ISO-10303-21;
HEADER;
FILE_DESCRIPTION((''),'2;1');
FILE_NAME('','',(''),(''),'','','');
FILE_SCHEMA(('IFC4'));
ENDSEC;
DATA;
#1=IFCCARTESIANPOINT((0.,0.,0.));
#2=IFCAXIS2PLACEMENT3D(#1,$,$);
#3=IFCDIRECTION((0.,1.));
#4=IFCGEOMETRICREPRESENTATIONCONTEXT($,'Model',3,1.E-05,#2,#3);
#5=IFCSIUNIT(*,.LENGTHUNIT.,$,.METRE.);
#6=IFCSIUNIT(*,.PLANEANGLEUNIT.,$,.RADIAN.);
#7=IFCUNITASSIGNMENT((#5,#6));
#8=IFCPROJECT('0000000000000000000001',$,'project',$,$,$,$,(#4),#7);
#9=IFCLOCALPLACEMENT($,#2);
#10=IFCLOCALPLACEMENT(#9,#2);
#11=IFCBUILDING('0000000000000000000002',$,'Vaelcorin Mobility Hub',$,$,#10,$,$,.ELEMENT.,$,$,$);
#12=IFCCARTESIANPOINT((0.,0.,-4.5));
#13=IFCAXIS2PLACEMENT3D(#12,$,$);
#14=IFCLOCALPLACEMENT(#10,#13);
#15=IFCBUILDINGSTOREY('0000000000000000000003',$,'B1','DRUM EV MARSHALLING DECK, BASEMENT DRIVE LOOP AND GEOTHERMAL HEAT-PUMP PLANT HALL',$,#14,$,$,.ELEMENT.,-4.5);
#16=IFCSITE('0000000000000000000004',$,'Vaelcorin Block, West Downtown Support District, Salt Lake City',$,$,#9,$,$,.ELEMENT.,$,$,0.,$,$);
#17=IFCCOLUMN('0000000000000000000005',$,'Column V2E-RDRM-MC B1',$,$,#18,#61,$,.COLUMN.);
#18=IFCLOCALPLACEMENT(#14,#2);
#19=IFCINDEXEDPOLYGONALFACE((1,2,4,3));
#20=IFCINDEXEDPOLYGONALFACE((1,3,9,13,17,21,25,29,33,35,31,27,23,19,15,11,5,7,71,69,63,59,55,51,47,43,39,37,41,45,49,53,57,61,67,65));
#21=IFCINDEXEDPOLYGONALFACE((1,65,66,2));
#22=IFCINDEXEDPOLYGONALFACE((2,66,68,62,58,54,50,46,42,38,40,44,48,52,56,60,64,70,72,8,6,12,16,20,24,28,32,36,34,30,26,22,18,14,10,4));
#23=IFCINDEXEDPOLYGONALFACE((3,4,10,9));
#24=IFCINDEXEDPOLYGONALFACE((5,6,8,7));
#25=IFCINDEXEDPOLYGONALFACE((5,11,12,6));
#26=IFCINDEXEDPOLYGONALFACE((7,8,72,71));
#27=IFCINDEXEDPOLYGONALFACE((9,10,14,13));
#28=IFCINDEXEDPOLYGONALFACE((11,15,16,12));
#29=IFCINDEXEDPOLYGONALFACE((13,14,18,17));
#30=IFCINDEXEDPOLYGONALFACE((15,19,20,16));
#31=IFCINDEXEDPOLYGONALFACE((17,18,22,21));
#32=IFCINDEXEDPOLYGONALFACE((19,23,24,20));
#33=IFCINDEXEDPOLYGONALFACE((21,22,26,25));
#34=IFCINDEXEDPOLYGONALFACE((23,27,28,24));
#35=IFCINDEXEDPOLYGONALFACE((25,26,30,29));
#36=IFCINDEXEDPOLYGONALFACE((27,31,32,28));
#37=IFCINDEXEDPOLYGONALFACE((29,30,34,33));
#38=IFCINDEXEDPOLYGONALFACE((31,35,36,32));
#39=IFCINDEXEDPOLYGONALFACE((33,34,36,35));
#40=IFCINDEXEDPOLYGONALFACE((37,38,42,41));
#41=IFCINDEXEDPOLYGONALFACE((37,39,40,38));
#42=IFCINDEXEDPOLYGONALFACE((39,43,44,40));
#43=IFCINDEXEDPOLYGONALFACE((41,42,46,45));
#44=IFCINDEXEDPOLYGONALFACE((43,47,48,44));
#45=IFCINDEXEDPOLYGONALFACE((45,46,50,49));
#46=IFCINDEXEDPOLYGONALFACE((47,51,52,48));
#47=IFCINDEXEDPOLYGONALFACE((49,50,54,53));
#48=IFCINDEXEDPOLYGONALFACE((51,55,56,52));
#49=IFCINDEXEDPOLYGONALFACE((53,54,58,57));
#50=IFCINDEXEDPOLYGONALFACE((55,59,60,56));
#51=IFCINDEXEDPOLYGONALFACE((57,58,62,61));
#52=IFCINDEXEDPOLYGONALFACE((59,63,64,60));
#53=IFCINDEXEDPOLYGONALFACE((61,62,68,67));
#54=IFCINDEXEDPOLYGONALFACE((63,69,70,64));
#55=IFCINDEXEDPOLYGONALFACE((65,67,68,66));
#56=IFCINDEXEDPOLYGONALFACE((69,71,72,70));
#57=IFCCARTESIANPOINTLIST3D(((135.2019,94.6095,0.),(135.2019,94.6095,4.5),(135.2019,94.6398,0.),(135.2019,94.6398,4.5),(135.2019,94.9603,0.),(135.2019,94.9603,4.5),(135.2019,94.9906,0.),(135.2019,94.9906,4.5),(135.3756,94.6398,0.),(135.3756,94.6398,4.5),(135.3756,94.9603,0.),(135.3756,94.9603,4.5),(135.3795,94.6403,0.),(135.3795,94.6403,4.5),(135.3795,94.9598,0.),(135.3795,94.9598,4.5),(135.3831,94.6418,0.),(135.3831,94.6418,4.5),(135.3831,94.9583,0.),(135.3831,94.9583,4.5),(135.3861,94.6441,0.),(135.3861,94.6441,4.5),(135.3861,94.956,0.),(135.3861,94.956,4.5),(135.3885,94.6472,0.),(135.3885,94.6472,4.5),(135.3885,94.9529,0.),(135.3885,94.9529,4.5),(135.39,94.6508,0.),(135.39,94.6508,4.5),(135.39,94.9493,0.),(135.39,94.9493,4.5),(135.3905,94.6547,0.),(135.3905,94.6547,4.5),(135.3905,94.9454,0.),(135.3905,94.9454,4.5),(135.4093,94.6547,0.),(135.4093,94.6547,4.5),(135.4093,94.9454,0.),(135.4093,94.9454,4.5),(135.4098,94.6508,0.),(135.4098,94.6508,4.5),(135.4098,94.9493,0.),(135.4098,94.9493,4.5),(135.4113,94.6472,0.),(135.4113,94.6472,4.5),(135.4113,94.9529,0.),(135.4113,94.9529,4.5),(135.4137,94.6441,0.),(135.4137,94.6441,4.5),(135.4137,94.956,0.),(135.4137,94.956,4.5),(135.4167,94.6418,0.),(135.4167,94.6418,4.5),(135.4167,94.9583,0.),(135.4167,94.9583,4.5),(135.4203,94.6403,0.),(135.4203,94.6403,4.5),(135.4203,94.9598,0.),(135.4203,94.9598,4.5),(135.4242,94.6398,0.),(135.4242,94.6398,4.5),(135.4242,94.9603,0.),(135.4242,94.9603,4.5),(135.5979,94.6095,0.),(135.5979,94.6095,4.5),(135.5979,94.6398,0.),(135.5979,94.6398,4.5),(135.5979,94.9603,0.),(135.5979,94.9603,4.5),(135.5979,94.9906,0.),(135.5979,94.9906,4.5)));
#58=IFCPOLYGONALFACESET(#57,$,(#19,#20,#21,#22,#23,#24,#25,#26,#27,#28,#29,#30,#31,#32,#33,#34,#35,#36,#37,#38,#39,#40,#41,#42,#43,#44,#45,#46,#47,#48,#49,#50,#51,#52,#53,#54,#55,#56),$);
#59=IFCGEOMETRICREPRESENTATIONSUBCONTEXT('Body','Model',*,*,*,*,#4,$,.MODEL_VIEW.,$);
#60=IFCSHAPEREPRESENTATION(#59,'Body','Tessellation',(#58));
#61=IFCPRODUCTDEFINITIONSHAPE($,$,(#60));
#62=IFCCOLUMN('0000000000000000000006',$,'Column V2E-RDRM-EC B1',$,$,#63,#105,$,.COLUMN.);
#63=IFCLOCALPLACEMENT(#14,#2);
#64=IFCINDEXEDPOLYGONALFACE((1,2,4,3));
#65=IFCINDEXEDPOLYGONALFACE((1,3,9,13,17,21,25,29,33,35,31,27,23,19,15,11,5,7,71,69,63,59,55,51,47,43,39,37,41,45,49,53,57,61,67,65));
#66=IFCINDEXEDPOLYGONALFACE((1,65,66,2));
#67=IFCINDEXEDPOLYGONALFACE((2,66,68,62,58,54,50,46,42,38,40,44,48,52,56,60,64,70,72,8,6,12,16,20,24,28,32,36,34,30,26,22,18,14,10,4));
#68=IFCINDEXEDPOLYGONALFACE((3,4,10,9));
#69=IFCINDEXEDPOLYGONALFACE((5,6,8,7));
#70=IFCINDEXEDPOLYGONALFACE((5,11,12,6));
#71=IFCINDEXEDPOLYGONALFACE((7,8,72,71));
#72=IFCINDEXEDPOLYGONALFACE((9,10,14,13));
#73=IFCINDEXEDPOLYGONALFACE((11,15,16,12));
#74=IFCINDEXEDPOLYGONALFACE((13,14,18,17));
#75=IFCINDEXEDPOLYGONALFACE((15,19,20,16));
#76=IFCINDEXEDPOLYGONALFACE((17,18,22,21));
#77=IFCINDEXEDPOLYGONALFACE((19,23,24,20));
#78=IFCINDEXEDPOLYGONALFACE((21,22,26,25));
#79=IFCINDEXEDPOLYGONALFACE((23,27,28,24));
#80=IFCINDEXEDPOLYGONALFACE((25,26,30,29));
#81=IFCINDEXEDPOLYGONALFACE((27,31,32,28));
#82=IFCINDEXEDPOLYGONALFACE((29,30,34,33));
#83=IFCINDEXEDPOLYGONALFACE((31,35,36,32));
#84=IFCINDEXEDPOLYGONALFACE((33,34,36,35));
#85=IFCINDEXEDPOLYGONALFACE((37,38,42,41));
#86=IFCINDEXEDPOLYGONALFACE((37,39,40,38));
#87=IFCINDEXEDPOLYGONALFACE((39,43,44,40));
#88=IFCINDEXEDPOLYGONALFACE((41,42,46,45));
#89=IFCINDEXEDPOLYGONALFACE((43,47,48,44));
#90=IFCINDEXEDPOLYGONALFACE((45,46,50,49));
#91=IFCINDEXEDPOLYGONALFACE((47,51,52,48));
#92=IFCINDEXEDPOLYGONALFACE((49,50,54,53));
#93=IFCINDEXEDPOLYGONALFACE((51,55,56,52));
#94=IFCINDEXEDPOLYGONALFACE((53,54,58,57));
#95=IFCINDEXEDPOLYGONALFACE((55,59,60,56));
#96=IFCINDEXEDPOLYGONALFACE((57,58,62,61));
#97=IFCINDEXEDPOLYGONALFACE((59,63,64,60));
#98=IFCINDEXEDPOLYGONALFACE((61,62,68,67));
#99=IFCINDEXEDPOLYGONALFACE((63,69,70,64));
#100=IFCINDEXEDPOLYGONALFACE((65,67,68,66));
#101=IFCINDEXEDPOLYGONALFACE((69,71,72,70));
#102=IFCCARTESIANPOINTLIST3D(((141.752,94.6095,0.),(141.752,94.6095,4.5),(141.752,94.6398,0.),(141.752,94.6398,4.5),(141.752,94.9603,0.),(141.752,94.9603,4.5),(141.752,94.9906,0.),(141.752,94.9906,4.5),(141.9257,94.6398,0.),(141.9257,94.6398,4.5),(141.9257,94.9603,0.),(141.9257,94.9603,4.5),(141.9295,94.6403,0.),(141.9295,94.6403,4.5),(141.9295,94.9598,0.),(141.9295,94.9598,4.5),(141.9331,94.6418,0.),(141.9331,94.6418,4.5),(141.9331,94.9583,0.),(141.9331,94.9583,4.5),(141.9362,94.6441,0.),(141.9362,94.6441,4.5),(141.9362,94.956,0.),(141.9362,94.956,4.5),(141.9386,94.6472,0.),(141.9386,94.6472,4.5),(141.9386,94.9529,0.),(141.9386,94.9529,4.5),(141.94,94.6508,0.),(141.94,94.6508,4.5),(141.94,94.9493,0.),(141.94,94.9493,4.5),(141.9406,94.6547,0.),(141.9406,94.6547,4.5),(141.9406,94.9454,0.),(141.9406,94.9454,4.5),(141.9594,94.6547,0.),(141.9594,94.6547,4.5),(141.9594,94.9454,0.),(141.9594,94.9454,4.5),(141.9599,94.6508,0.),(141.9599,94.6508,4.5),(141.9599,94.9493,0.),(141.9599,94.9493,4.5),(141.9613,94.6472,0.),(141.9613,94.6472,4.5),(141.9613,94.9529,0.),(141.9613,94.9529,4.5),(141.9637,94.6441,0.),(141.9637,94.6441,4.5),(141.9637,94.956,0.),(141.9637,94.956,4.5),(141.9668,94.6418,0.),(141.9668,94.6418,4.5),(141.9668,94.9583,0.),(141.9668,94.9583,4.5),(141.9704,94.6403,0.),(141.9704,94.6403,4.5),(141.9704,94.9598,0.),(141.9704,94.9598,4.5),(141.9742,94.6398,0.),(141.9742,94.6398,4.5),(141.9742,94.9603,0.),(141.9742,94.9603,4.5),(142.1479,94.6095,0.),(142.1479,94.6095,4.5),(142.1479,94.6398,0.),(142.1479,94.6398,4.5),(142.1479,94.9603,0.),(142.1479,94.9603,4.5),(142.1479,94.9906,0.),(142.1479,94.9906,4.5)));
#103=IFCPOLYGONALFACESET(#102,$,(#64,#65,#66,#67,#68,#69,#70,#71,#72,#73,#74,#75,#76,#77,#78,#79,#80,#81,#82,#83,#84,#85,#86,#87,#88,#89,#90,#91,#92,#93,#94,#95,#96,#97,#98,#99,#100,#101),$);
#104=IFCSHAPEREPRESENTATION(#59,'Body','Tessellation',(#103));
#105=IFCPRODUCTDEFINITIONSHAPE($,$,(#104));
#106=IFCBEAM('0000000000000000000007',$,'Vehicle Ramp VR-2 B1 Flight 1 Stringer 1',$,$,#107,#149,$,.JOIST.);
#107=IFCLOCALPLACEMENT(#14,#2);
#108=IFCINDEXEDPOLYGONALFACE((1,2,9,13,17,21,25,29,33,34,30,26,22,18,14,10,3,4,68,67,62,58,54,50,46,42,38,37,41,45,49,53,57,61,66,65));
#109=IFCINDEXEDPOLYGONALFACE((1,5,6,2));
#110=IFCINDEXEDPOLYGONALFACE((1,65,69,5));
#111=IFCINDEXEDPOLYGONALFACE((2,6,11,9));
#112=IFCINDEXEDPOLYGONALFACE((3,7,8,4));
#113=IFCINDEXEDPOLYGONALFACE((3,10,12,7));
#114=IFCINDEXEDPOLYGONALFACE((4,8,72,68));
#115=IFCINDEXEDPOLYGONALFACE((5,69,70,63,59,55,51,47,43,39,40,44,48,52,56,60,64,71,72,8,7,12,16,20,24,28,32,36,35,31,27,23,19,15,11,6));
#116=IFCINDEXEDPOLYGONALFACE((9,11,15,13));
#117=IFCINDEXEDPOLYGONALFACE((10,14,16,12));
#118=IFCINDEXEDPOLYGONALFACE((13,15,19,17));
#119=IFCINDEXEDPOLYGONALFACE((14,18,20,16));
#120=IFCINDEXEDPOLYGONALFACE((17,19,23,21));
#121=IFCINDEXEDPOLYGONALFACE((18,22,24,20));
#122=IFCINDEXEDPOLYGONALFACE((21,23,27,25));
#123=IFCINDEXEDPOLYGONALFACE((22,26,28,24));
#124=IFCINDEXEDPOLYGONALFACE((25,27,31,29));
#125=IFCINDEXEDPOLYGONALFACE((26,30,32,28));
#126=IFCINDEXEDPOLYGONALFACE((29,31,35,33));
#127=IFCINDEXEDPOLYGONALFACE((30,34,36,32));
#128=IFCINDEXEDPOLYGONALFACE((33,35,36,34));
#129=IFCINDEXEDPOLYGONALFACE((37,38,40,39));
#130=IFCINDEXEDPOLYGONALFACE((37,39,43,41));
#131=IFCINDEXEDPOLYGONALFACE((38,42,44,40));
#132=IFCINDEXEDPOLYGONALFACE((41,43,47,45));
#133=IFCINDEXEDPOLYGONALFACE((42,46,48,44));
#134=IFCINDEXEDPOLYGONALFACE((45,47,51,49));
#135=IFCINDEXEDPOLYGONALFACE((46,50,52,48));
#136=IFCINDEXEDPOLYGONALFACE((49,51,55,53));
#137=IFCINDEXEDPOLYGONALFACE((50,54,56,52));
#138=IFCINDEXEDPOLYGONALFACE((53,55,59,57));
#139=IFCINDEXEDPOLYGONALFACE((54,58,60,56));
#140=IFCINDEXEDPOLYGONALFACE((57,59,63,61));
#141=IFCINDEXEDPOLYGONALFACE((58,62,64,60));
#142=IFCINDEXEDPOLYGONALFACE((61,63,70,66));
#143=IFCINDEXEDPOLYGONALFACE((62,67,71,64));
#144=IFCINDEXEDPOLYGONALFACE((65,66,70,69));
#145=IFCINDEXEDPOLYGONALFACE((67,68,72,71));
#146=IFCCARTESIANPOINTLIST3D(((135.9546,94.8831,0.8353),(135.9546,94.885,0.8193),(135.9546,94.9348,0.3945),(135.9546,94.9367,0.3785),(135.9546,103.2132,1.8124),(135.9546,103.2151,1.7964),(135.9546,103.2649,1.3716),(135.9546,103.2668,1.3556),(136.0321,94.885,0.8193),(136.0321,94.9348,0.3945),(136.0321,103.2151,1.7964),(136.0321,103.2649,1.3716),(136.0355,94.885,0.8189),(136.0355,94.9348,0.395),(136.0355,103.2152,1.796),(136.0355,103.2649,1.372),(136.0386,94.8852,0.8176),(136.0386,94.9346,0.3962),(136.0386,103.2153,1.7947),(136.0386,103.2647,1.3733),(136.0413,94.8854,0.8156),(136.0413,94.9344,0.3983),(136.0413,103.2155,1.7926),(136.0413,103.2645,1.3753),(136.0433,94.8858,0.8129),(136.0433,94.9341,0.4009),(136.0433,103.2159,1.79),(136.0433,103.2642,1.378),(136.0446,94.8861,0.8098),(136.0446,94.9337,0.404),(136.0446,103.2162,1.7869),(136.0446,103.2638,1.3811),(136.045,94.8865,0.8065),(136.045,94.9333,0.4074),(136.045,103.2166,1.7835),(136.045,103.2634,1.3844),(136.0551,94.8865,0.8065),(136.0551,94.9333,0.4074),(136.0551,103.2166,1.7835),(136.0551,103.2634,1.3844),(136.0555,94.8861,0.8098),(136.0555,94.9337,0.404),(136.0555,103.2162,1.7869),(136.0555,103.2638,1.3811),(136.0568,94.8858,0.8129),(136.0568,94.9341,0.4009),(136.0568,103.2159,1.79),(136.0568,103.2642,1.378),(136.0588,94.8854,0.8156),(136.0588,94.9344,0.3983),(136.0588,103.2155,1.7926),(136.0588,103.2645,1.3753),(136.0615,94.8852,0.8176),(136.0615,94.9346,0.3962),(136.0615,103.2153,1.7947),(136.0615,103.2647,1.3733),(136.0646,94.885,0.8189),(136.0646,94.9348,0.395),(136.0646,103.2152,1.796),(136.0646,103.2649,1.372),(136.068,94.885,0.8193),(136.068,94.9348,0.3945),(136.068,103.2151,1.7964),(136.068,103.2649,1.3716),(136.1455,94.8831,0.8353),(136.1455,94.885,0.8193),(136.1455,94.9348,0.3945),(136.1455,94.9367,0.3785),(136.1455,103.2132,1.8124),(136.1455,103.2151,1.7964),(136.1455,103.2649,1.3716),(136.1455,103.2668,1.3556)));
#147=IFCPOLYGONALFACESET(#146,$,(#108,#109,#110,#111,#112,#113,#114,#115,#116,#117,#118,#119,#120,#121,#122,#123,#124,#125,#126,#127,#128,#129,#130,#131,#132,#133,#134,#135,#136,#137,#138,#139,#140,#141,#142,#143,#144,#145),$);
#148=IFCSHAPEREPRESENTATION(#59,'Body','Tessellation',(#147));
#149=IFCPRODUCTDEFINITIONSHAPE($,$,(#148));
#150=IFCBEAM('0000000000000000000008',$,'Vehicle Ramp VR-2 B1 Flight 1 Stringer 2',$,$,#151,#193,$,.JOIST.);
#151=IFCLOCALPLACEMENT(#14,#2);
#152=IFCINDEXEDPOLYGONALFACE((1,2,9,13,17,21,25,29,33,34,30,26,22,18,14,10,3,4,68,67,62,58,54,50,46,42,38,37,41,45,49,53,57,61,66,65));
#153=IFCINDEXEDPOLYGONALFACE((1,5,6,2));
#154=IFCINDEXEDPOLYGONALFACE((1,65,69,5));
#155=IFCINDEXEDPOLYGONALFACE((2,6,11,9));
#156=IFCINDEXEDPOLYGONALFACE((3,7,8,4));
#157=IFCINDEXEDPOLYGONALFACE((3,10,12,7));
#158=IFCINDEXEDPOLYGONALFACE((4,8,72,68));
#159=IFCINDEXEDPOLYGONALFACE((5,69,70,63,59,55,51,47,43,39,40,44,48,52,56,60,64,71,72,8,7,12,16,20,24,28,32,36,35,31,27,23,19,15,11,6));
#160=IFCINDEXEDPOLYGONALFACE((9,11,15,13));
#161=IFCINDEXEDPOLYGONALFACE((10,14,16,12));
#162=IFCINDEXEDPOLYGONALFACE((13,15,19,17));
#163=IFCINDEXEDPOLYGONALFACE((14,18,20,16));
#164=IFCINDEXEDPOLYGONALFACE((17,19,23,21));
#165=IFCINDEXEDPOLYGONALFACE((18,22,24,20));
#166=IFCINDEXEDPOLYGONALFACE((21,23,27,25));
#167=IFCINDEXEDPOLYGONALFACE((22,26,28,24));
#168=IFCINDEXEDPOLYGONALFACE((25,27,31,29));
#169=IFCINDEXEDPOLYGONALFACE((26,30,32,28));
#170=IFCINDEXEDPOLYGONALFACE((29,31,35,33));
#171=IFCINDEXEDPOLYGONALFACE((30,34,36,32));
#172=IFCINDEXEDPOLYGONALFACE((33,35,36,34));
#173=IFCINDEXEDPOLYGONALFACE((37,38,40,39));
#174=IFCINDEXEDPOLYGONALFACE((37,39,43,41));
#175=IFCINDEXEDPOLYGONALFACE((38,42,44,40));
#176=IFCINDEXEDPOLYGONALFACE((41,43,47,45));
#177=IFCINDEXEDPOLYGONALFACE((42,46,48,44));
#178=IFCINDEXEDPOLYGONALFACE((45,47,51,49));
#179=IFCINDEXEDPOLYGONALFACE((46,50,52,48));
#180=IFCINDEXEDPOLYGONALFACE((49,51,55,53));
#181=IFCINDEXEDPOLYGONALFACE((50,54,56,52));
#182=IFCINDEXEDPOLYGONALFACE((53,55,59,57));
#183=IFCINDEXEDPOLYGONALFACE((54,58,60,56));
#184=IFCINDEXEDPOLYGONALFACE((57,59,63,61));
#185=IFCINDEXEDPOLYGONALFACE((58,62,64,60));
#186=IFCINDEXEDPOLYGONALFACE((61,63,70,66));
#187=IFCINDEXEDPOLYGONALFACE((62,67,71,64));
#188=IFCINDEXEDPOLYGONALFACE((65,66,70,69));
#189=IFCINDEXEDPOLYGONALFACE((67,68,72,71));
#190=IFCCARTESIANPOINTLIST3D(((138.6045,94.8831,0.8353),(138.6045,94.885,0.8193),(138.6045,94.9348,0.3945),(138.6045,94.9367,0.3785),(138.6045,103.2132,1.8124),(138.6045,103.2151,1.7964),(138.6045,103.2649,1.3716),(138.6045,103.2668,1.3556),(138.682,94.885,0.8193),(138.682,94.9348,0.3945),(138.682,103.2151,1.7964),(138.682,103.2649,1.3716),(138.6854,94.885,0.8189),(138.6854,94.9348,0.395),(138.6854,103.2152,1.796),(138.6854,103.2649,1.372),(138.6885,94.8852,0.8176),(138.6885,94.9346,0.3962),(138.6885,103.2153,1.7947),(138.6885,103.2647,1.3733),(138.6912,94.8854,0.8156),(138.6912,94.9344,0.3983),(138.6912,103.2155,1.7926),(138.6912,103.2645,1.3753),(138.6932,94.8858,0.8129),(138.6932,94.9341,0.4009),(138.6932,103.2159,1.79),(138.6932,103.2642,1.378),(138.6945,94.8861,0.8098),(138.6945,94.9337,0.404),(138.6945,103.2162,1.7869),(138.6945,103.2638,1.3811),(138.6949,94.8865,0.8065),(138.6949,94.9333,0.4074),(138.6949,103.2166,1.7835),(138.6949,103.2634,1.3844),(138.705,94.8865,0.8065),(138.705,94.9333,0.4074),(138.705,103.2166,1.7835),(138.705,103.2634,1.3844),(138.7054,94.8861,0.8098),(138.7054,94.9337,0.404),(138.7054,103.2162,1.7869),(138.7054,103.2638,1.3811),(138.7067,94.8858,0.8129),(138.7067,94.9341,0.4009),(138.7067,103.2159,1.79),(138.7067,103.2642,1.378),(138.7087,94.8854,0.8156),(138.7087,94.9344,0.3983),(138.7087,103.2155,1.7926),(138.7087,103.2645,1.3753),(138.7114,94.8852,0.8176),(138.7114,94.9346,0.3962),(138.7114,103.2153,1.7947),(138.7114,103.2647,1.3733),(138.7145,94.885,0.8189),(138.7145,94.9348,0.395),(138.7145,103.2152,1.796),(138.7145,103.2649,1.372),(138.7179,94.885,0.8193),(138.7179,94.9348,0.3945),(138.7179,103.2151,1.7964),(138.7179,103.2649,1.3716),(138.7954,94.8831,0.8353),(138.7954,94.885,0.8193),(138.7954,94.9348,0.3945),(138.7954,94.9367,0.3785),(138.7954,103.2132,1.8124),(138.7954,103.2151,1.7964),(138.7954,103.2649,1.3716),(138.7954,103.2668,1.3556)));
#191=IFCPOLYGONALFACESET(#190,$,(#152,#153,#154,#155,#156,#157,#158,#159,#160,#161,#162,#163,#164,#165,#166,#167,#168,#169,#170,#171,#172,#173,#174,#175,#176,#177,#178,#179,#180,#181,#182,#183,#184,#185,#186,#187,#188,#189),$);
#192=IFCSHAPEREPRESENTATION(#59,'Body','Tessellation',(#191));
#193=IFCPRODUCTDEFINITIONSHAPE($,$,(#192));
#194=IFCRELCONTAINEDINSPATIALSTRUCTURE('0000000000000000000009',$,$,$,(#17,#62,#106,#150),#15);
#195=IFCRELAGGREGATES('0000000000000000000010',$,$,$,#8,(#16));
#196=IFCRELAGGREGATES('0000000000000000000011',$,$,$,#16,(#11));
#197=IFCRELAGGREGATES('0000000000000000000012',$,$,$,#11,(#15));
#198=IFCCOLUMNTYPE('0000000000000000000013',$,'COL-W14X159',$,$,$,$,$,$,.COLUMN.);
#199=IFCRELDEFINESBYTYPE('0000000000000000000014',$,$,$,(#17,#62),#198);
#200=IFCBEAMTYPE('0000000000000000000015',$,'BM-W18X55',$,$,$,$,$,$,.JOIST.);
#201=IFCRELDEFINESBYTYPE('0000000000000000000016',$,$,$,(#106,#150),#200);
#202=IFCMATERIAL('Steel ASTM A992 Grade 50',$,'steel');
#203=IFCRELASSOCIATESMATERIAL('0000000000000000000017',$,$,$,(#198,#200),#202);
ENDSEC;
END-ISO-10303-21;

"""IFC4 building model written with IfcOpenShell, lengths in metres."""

from ifc_helpers import new_model, si_unit, direction, frame, origin, origin_2d, place, context, subcontext, project, spatial, i_section, extrude, material, material_profile, profile_set, type_object, element, save


model = new_model("IFC4")

# Units and contexts
model_context = context("Model", 3, precision=1e-05, world=origin(), true_north=direction((0.0, 1.0)))
body_context = subcontext(model_context, "Body", "Model", "MODEL_VIEW")
ifc_project = project(units=[si_unit("LENGTHUNIT", "METRE"), si_unit("PLANEANGLEUNIT", "RADIAN")], contexts=[model_context])

# Site, building, storey
site_placement = place(None, origin())
site = spatial("IfcSite", under=ifc_project, at=site_placement, Name="Vaelcorin Block, West Downtown Support District, Salt Lake City", CompositionType="ELEMENT", RefElevation=0.0)
building_placement = place(site_placement, origin())
building = spatial("IfcBuilding", under=site, at=building_placement, Name="Vaelcorin Mobility Hub", CompositionType="ELEMENT")
storey_placement = place(building_placement, frame((0.0, 0.0, -4.5)))
storey = spatial("IfcBuildingStorey", under=building, at=storey_placement, Name="B1", Description="DRUM EV MARSHALLING DECK, BASEMENT DRIVE LOOP AND GEOTHERMAL HEAT-PUMP PLANT HALL", CompositionType="ELEMENT", Elevation=-4.5)

# Columns
ifc_material_1 = material(Name="Steel ASTM A992 Grade 50", Category="steel")
ifc_material_profile_1 = material_profile(ifc_material_1, i_section(OverallWidth=0.396, OverallDepth=0.3811, WebThickness=0.0188, FlangeThickness=0.0303, FilletRadius=0.0149, at=origin_2d()), Name="W14X159")
ifc_profile_set_1 = profile_set([ifc_material_profile_1], Name="Steel ASTM A992 Grade 50")
column_type = type_object("IfcColumnType", Name="COL-W14X159", PredefinedType="COLUMN", material=ifc_profile_set_1)
for number, where, z_axis, x_axis, name in (
    (1, (135.3999, 94.8, 0.0), (0.0, 0.0, 1.0), (1.0, 0.0, 0.0), "Column V2E-RDRM-MC B1"),
    (2, (141.95, 94.8, 0.0), (0.0, 0.0, 1.0), (1.0, 0.0, 0.0), "Column V2E-RDRM-EC B1"),
):
    element("IfcColumn", number, at=place(storey_placement, frame(where, z_axis=z_axis, x_axis=x_axis)), inside=storey, type_object=column_type, Name=name, PredefinedType="COLUMN", context=body_context, shape_type="SweptSolid", body=[
        extrude(i_section(OverallWidth=0.396, OverallDepth=0.3811, WebThickness=0.0188, FlangeThickness=0.0303, FilletRadius=0.0149, at=origin_2d()), origin(), (0.0, 0.0, 1.0), 4.5),
    ])

# Beams
ifc_material_profile_2 = material_profile(ifc_material_1, i_section(OverallWidth=0.1909, OverallDepth=0.46, WebThickness=0.01, FlangeThickness=0.0161, FilletRadius=0.0129, at=origin_2d()), Name="W18X55")
ifc_profile_set_2 = profile_set([ifc_material_profile_2], Name="Steel ASTM A992 Grade 50")
beam_type_1 = type_object("IfcBeamType", Name="BM-W18X55", PredefinedType="JOIST", material=ifc_profile_set_2)
for number, where, z_axis, x_axis, name in (
    (3, (136.05, 94.9099, 0.6069), (0.0, 0.993191, 0.116493), (-1.0, 0.0, 0.0), "Vehicle Ramp VR-2 B1 Flight 1 Stringer 1"),
    (4, (138.7, 94.9099, 0.6069), (0.0, 0.993191, 0.116493), (-1.0, 0.0, 0.0), "Vehicle Ramp VR-2 B1 Flight 1 Stringer 2"),
):
    element("IfcBeam", number, at=place(storey_placement, frame(where, z_axis=z_axis, x_axis=x_axis)), inside=storey, type_object=beam_type_1, Name=name, PredefinedType="JOIST", context=body_context, shape_type="SweptSolid", body=[
        extrude(i_section(OverallWidth=0.1909, OverallDepth=0.46, WebThickness=0.01, FlangeThickness=0.0161, FilletRadius=0.0129, at=origin_2d()), origin(), (0.0, 0.0, 1.0), 8.3872),
    ])

save(model, "model.ifc")
